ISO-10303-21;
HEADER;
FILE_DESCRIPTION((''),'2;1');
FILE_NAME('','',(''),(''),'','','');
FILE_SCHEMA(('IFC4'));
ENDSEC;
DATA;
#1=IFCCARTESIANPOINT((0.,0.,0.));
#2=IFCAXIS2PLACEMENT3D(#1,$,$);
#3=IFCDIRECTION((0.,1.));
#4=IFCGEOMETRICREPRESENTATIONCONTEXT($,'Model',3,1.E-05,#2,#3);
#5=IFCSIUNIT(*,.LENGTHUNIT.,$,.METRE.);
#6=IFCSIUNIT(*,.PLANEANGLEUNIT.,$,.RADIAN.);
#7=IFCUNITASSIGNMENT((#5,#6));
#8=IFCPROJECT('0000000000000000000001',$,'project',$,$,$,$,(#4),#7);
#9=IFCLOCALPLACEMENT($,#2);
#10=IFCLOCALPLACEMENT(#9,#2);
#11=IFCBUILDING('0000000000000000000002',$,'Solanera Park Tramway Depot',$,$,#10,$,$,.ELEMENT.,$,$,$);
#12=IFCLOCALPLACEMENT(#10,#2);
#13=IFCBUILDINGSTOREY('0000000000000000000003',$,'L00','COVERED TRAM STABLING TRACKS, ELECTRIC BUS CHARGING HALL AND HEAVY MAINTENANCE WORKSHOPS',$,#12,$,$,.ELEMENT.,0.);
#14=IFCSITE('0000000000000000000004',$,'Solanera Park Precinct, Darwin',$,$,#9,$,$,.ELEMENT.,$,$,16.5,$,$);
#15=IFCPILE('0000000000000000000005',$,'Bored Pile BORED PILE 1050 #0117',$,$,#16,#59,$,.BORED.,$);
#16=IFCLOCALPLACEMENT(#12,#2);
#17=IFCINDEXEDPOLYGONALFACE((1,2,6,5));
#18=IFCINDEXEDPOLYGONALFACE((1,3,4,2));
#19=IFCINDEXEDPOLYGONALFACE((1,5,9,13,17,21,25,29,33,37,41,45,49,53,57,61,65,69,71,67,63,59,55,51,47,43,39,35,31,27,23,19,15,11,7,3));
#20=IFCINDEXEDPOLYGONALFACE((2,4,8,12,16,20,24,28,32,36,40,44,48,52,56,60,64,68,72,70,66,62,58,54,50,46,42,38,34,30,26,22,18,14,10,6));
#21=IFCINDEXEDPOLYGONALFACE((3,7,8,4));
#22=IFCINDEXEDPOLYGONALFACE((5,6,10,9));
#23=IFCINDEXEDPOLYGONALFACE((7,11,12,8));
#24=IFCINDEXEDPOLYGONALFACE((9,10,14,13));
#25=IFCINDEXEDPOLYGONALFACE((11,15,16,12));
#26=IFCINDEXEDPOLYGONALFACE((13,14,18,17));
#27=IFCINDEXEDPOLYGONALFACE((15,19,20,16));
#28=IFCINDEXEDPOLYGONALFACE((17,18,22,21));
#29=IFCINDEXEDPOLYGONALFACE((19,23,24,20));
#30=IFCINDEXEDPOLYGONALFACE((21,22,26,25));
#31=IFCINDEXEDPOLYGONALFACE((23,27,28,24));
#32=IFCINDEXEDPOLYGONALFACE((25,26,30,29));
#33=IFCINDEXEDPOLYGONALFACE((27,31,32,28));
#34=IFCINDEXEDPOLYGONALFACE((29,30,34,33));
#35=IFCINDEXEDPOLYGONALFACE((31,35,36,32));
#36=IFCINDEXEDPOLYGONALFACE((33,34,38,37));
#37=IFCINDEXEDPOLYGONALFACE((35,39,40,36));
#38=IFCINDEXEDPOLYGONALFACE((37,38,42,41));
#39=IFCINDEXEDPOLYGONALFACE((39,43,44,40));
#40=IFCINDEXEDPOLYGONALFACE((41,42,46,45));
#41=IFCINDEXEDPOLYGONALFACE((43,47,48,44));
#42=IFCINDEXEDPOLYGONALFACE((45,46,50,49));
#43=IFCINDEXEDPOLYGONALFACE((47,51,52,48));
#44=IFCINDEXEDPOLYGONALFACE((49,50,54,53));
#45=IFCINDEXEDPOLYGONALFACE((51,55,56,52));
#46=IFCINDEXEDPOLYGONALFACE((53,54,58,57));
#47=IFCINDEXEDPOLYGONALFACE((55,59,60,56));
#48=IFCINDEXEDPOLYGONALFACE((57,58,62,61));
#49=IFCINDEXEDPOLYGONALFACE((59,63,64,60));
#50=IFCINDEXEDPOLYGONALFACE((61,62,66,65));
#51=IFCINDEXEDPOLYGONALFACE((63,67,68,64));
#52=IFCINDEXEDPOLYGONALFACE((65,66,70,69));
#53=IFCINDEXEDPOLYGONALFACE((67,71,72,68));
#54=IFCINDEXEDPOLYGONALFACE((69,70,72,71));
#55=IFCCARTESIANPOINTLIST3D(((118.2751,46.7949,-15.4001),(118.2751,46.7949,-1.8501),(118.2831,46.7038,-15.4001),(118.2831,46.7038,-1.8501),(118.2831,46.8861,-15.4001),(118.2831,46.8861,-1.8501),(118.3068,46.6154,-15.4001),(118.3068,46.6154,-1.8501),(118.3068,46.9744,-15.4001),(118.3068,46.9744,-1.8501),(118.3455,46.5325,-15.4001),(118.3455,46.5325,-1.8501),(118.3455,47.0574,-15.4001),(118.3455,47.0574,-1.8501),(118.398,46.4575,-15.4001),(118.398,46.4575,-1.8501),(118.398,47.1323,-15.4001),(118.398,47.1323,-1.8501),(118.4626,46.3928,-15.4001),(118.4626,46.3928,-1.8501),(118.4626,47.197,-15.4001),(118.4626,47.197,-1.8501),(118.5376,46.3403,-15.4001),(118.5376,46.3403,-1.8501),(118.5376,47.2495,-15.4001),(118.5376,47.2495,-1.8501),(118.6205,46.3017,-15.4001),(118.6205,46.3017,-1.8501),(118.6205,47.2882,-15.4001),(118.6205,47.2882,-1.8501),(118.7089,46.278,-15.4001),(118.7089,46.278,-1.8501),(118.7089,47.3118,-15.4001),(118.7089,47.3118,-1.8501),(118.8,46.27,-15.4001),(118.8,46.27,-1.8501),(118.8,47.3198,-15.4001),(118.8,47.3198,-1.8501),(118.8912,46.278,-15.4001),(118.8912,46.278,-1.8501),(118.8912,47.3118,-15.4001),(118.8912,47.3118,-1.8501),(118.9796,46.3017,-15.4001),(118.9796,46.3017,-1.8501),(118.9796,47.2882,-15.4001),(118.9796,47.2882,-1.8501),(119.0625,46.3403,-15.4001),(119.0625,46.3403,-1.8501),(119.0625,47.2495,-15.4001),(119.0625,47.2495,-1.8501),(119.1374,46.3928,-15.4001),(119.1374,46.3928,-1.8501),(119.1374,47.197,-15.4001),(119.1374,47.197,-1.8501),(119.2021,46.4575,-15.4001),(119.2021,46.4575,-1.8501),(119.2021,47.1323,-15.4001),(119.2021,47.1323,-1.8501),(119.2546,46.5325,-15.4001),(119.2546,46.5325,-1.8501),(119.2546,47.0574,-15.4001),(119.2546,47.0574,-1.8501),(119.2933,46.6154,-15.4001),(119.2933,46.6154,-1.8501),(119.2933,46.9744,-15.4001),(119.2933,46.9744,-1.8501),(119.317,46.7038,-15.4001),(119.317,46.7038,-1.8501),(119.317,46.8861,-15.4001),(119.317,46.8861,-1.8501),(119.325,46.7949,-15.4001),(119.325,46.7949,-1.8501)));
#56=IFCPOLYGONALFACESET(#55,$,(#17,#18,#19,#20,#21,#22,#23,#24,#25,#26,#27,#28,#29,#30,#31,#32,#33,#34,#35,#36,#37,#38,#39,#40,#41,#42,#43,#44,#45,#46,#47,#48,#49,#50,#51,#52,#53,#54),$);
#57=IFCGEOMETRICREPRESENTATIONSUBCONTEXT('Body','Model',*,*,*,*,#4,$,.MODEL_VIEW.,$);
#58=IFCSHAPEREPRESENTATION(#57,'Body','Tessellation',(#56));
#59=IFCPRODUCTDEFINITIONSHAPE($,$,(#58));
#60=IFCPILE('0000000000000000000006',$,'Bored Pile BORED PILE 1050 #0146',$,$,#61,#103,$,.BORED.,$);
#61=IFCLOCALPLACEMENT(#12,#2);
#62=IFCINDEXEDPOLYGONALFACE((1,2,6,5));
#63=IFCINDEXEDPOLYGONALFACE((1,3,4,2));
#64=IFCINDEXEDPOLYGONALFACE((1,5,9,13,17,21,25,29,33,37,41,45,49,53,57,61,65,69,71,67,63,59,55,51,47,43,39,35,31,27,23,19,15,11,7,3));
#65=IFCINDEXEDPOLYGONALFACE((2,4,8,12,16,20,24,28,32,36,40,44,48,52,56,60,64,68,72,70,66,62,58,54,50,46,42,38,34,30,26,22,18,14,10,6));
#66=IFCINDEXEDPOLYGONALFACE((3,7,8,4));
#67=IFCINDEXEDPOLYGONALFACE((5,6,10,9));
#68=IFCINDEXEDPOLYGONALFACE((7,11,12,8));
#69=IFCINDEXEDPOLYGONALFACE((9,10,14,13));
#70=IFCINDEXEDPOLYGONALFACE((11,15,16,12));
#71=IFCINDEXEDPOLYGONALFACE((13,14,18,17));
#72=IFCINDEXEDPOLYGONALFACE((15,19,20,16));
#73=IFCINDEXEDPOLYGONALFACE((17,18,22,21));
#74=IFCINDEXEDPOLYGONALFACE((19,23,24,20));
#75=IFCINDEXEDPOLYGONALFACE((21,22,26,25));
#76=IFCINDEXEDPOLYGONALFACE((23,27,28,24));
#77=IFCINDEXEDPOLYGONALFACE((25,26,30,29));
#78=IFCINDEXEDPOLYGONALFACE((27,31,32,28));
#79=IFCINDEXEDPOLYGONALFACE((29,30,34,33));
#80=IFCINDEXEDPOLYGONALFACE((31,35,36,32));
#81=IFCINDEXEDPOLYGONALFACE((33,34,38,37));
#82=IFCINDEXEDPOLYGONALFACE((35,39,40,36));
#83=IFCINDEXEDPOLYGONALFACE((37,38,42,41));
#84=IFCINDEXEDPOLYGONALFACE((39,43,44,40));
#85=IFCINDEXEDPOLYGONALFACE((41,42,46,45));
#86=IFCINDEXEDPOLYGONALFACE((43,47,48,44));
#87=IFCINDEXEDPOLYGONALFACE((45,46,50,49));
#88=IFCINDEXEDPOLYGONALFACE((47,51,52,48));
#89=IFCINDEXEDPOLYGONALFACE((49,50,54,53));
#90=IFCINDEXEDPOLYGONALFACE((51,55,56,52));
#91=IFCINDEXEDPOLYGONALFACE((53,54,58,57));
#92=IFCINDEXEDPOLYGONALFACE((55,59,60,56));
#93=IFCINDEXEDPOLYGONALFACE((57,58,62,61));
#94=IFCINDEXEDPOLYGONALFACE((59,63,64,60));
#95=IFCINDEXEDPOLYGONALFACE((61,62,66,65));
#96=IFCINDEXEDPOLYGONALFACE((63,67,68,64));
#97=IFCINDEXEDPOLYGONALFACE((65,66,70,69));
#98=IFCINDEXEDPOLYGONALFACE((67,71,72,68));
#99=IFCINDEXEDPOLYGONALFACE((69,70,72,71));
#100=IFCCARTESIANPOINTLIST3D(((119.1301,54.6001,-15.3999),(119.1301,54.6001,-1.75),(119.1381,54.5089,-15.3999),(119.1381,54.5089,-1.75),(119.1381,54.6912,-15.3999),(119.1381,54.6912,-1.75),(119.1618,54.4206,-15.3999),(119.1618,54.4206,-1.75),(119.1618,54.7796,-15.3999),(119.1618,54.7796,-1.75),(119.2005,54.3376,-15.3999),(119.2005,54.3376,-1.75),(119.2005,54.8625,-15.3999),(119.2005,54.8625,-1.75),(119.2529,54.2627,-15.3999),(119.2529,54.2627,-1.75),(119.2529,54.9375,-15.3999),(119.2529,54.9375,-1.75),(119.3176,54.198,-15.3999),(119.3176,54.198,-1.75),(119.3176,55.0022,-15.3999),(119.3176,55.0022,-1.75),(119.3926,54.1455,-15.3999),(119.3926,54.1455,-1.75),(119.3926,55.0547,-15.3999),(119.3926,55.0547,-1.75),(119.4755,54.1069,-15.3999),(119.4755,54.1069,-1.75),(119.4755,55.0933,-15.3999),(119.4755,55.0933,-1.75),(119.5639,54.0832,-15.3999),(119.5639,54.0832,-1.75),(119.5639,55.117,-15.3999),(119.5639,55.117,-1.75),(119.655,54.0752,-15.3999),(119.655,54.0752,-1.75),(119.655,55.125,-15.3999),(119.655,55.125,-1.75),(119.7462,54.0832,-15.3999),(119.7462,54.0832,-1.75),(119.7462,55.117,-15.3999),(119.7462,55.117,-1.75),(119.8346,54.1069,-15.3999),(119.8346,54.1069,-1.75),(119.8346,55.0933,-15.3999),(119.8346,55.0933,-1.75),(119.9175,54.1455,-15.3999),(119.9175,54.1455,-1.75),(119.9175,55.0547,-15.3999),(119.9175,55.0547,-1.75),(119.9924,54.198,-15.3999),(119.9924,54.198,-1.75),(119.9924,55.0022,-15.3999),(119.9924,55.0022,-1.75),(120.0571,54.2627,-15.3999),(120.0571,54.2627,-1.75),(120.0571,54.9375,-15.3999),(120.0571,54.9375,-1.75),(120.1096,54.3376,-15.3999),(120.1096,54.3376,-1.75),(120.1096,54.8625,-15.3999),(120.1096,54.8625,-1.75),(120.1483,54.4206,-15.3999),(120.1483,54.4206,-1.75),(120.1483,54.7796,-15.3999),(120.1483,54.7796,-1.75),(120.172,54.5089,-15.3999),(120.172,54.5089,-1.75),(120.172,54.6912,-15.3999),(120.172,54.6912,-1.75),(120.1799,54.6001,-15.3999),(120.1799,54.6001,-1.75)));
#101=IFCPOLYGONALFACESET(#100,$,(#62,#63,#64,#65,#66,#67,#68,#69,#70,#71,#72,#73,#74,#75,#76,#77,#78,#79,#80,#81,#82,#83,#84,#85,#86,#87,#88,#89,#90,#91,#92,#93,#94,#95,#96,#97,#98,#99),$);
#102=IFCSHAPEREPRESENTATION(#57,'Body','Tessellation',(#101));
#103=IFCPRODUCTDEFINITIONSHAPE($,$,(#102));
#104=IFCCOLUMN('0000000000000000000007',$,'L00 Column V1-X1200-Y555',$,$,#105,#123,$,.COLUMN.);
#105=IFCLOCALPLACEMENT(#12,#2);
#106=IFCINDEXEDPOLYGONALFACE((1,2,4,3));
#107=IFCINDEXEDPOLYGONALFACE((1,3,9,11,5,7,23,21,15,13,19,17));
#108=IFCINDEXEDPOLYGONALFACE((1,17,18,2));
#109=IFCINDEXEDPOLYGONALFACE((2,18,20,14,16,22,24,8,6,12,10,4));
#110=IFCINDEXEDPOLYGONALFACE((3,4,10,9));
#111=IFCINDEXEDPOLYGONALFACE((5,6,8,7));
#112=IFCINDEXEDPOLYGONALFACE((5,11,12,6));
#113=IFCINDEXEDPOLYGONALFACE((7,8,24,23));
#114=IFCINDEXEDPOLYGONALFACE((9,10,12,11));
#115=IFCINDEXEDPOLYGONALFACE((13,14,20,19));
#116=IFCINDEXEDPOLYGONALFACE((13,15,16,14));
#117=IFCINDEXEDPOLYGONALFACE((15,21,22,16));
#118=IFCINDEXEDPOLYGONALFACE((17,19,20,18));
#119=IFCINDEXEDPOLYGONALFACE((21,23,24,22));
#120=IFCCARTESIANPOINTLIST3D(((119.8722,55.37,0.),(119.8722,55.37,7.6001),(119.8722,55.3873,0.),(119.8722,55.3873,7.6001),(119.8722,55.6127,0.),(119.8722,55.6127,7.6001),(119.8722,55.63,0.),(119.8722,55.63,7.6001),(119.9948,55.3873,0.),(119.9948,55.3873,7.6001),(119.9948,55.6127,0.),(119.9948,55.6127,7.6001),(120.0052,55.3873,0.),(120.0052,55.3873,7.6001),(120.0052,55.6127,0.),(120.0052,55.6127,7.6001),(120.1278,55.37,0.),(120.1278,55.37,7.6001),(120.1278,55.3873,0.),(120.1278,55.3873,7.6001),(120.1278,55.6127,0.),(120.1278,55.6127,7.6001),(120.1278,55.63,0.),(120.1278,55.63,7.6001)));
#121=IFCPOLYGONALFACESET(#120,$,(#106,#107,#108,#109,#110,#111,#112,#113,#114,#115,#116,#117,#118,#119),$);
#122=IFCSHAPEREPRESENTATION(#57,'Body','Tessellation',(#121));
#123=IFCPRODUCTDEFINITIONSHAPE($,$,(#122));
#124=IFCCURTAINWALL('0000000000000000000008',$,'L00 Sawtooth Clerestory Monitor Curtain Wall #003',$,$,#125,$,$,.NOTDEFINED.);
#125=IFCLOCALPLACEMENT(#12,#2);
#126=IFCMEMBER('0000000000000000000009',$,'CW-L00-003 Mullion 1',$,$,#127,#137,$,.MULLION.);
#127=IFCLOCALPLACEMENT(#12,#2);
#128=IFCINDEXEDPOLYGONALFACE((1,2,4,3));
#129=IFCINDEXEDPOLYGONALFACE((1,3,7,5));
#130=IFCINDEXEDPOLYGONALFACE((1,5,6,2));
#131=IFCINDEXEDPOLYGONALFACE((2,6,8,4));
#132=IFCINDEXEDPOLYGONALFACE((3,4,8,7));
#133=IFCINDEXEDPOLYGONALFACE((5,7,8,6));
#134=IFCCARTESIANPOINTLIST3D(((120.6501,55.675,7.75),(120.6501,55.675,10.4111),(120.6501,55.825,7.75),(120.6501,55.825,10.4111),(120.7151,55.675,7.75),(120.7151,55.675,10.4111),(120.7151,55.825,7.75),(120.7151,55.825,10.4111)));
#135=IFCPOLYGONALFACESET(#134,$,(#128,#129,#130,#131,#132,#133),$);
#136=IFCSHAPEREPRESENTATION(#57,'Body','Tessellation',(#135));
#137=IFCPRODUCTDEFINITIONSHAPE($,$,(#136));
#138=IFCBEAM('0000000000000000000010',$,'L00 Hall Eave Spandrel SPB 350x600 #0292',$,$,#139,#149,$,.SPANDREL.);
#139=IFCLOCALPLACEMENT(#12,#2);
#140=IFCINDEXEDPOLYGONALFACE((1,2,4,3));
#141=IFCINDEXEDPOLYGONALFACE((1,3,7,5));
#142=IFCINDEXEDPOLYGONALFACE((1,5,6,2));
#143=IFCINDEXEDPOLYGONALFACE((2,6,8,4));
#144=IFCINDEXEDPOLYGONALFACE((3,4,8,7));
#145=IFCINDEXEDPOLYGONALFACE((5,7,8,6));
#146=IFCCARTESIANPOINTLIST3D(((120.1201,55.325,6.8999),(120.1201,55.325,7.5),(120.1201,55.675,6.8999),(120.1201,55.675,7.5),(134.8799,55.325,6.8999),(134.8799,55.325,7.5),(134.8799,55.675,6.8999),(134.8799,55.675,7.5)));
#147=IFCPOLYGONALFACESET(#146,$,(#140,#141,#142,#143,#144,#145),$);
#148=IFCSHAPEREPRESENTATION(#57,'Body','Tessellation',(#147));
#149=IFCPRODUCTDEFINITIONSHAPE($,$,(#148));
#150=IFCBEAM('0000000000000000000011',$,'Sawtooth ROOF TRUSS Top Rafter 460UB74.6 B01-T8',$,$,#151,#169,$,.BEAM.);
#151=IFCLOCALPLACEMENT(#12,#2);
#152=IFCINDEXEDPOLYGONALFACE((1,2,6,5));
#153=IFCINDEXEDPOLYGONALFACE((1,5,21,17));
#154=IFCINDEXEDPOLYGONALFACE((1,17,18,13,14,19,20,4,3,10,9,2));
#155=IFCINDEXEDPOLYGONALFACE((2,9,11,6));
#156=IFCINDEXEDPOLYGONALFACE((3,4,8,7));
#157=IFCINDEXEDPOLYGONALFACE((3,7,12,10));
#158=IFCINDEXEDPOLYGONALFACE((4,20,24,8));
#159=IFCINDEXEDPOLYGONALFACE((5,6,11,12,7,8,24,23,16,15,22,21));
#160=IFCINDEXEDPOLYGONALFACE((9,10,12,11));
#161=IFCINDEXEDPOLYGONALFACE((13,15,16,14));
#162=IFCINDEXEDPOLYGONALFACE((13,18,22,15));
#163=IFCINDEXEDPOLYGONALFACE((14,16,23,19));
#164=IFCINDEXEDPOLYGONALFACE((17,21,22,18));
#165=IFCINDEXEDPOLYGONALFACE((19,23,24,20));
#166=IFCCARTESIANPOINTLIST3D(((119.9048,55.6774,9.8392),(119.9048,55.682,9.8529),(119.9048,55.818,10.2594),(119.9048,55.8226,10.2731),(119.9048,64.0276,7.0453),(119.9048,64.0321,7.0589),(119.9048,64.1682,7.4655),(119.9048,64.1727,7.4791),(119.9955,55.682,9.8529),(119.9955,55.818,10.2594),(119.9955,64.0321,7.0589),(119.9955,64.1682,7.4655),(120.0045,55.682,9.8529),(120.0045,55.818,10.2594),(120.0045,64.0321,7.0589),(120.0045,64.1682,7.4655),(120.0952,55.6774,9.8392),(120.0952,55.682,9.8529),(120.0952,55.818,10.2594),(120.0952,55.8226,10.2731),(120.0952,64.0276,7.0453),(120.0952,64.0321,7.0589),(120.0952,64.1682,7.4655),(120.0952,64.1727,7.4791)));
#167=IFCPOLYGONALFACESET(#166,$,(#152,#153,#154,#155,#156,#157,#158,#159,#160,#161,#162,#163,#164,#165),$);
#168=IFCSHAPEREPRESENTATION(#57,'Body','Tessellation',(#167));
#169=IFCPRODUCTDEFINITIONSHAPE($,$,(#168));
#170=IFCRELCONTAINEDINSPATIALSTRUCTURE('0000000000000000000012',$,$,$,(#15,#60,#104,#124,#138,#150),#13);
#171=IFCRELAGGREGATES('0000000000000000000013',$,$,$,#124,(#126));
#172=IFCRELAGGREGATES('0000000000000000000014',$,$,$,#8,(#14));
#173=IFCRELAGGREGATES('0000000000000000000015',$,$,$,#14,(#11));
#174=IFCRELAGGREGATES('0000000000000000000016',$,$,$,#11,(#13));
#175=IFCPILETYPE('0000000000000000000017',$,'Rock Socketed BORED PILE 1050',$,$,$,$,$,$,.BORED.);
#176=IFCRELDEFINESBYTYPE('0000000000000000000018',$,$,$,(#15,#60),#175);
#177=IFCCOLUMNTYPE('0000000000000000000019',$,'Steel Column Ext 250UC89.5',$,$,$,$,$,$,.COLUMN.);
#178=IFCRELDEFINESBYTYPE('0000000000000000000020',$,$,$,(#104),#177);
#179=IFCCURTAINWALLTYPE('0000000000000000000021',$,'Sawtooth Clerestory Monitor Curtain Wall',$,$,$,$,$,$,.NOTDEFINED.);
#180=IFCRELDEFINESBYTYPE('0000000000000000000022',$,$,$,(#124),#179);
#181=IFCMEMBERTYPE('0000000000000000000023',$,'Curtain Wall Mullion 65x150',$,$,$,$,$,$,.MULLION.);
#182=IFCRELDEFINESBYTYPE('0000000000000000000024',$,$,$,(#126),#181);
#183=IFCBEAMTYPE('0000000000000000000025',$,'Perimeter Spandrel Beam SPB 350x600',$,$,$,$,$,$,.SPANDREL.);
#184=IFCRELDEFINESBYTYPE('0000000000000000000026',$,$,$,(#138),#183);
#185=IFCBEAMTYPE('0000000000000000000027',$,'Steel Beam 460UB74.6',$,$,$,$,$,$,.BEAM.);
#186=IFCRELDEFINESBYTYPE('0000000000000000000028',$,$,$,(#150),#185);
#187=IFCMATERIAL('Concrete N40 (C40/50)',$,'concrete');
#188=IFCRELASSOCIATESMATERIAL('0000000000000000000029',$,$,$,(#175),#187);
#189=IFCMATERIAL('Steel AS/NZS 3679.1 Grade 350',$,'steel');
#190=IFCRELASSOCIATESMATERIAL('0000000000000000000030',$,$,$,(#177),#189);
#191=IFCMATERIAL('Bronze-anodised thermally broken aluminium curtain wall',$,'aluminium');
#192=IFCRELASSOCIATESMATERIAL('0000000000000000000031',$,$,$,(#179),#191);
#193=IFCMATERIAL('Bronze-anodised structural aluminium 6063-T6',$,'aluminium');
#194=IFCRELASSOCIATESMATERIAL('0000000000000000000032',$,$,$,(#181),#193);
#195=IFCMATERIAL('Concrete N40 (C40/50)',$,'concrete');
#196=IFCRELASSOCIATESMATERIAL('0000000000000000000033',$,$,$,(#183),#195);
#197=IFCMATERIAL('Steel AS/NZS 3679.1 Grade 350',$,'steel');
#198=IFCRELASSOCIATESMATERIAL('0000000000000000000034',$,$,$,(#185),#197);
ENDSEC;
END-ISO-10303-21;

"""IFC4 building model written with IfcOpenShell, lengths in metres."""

from ifc_helpers import new_model, si_unit, direction, frame, origin, origin_2d, place, context, subcontext, project, spatial, rectangle, circle, i_section, extrude, material, material_profile, profile_set, type_object, element, aggregate, save


model = new_model("IFC4")

# Units and contexts
model_context = context("Model", 3, precision=1e-05, world=origin(), true_north=direction((0.0, 1.0)))
body_context = subcontext(model_context, "Body", "Model", "MODEL_VIEW")
ifc_project = project(units=[si_unit("LENGTHUNIT", "METRE"), si_unit("PLANEANGLEUNIT", "RADIAN")], contexts=[model_context])

# Site, building, storey
site_placement = place(None, origin())
site = spatial("IfcSite", under=ifc_project, at=site_placement, Name="Solanera Park Precinct, Darwin", CompositionType="ELEMENT", RefElevation=16.5)
building_placement = place(site_placement, origin())
building = spatial("IfcBuilding", under=site, at=building_placement, Name="Solanera Park Tramway Depot", CompositionType="ELEMENT")
storey_placement = place(building_placement, origin())
storey = spatial("IfcBuildingStorey", under=building, at=storey_placement, Name="L00", Description="COVERED TRAM STABLING TRACKS, ELECTRIC BUS CHARGING HALL AND HEAVY MAINTENANCE WORKSHOPS", CompositionType="ELEMENT", Elevation=0.0)

# Piles
ifc_material_1 = material(Name="Concrete N40 (C40/50)", Category="concrete")
ifc_material_profile_1 = material_profile(ifc_material_1, circle(Radius=0.5249, at=origin_2d()), Name="BORED PILE 1050")
ifc_profile_set_1 = profile_set([ifc_material_profile_1], Name="Concrete N40 (C40/50)")
pile_type = type_object("IfcPileType", Name="Rock Socketed BORED PILE 1050", PredefinedType="BORED", material=ifc_profile_set_1)
pile_1_placement = place(storey_placement, frame((118.8, 46.7949, -1.8501), z_axis=(0.0, 0.0, -1.0), x_axis=(1.0, 0.0, 0.0)))
element("IfcPile", 1, at=pile_1_placement, inside=storey, type_object=pile_type, Name="Bored Pile BORED PILE 1050 #0117", PredefinedType="BORED", context=body_context, shape_type="SweptSolid", body=[
    extrude(circle(Radius=0.5249, at=origin_2d()), origin(), (0.0, 0.0, 1.0), 13.55),
])
pile_2_placement = place(storey_placement, frame((119.655, 54.6001, -1.75), z_axis=(0.0, 0.0, -1.0), x_axis=(1.0, 0.0, 0.0)))
element("IfcPile", 2, at=pile_2_placement, inside=storey, type_object=pile_type, Name="Bored Pile BORED PILE 1050 #0146", PredefinedType="BORED", context=body_context, shape_type="SweptSolid", body=[
    extrude(circle(Radius=0.5249, at=origin_2d()), origin(), (0.0, 0.0, 1.0), 13.6499),
])

# Column
ifc_material_2 = material(Name="Steel AS/NZS 3679.1 Grade 350", Category="steel")
ifc_material_profile_2 = material_profile(ifc_material_2, i_section(OverallWidth=0.2556, OverallDepth=0.26, WebThickness=0.0105, FlangeThickness=0.0173, at=origin_2d()), Name="250UC89.5")
ifc_profile_set_2 = profile_set([ifc_material_profile_2], Name="Steel AS/NZS 3679.1 Grade 350")
column_type = type_object("IfcColumnType", Name="Steel Column Ext 250UC89.5", PredefinedType="COLUMN", material=ifc_profile_set_2)
column_placement = place(storey_placement, frame((120.0, 55.5, 0.0), z_axis=(0.0, 0.0, 1.0), x_axis=(1.0, 0.0, 0.0)))
element("IfcColumn", 3, at=column_placement, inside=storey, type_object=column_type, Name="L00 Column V1-X1200-Y555", PredefinedType="COLUMN", context=body_context, shape_type="SweptSolid", body=[
    extrude(i_section(OverallWidth=0.2556, OverallDepth=0.26, WebThickness=0.0105, FlangeThickness=0.0173, at=origin_2d()), origin(), (0.0, 0.0, 1.0), 7.6001),
])

# Curtain wall, member
ifc_material_3 = material(Name="Bronze-anodised thermally broken aluminium curtain wall", Category="aluminium")
curtain_wall_type = type_object("IfcCurtainWallType", Name="Sawtooth Clerestory Monitor Curtain Wall", PredefinedType="NOTDEFINED", material=ifc_material_3)
curtain_wall_placement = place(storey_placement, origin())
curtain_wall = element("IfcCurtainWall", 4, at=curtain_wall_placement, inside=storey, type_object=curtain_wall_type, Name="L00 Sawtooth Clerestory Monitor Curtain Wall #003", PredefinedType="NOTDEFINED")
ifc_material_4 = material(Name="Bronze-anodised structural aluminium 6063-T6", Category="aluminium")
ifc_material_profile_3 = material_profile(ifc_material_4, rectangle(XDim=0.0649, YDim=0.1499, at=origin_2d()), Name="Curtain Wall Mullion 65x150")
ifc_profile_set_3 = profile_set([ifc_material_profile_3], Name="Bronze-anodised structural aluminium 6063-T6")
member_type = type_object("IfcMemberType", Name="Curtain Wall Mullion 65x150", PredefinedType="MULLION", material=ifc_profile_set_3)
member_placement = place(storey_placement, frame((120.6826, 55.75, 7.75), z_axis=(0.0, 0.0, 1.0), x_axis=(1.0, 0.0, 0.0)))
member = element("IfcMember", 5, at=member_placement, type_object=member_type, Name="CW-L00-003 Mullion 1", PredefinedType="MULLION", context=body_context, shape_type="SweptSolid", body=[
    extrude(rectangle(XDim=0.0649, YDim=0.1499, at=origin_2d()), origin(), (0.0, 0.0, 1.0), 2.6611),
])
aggregate(curtain_wall, [member])

# Beams
ifc_material_5 = material(Name="Concrete N40 (C40/50)", Category="concrete")
ifc_material_profile_4 = material_profile(ifc_material_5, rectangle(XDim=0.3501, YDim=0.6001, at=origin_2d()), Name="SPB 350x600")
ifc_profile_set_4 = profile_set([ifc_material_profile_4], Name="Concrete N40 (C40/50)")
beam_type_1 = type_object("IfcBeamType", Name="Perimeter Spandrel Beam SPB 350x600", PredefinedType="SPANDREL", material=ifc_profile_set_4)
beam_1_placement = place(storey_placement, frame((120.1201, 55.5, 7.2), z_axis=(1.0, 0.0, 0.0), x_axis=(0.0, 1.0, 0.0)))
element("IfcBeam", 6, at=beam_1_placement, inside=storey, type_object=beam_type_1, Name="L00 Hall Eave Spandrel SPB 350x600 #0292", PredefinedType="SPANDREL", context=body_context, shape_type="SweptSolid", body=[
    extrude(rectangle(XDim=0.3501, YDim=0.6001, at=origin_2d()), origin(), (0.0, 0.0, 1.0), 14.7598),
])
ifc_material_6 = material(Name="Steel AS/NZS 3679.1 Grade 350", Category="steel")
ifc_material_profile_5 = material_profile(ifc_material_6, i_section(OverallWidth=0.1904, OverallDepth=0.4575, WebThickness=0.009, FlangeThickness=0.0144, at=origin_2d()), Name="460UB74.6")
ifc_profile_set_5 = profile_set([ifc_material_profile_5], Name="Steel AS/NZS 3679.1 Grade 350")
beam_type_2 = type_object("IfcBeamType", Name="Steel Beam 460UB74.6", PredefinedType="BEAM", material=ifc_profile_set_5)
beam_2_placement = place(storey_placement, frame((120.0, 55.75, 10.0562), z_axis=(0.0, 0.948322, -0.317309), x_axis=(-1.0, 0.0, 0.0)))
element("IfcBeam", 7, at=beam_2_placement, inside=storey, type_object=beam_type_2, Name="Sawtooth ROOF TRUSS Top Rafter 460UB74.6 B01-T8", PredefinedType="BEAM", context=body_context, shape_type="SweptSolid", body=[
    extrude(i_section(OverallWidth=0.1904, OverallDepth=0.4575, WebThickness=0.009, FlangeThickness=0.0144, at=origin_2d()), origin(), (0.0, 0.0, 1.0), 8.8052),
])

save(model, "model.ifc")
